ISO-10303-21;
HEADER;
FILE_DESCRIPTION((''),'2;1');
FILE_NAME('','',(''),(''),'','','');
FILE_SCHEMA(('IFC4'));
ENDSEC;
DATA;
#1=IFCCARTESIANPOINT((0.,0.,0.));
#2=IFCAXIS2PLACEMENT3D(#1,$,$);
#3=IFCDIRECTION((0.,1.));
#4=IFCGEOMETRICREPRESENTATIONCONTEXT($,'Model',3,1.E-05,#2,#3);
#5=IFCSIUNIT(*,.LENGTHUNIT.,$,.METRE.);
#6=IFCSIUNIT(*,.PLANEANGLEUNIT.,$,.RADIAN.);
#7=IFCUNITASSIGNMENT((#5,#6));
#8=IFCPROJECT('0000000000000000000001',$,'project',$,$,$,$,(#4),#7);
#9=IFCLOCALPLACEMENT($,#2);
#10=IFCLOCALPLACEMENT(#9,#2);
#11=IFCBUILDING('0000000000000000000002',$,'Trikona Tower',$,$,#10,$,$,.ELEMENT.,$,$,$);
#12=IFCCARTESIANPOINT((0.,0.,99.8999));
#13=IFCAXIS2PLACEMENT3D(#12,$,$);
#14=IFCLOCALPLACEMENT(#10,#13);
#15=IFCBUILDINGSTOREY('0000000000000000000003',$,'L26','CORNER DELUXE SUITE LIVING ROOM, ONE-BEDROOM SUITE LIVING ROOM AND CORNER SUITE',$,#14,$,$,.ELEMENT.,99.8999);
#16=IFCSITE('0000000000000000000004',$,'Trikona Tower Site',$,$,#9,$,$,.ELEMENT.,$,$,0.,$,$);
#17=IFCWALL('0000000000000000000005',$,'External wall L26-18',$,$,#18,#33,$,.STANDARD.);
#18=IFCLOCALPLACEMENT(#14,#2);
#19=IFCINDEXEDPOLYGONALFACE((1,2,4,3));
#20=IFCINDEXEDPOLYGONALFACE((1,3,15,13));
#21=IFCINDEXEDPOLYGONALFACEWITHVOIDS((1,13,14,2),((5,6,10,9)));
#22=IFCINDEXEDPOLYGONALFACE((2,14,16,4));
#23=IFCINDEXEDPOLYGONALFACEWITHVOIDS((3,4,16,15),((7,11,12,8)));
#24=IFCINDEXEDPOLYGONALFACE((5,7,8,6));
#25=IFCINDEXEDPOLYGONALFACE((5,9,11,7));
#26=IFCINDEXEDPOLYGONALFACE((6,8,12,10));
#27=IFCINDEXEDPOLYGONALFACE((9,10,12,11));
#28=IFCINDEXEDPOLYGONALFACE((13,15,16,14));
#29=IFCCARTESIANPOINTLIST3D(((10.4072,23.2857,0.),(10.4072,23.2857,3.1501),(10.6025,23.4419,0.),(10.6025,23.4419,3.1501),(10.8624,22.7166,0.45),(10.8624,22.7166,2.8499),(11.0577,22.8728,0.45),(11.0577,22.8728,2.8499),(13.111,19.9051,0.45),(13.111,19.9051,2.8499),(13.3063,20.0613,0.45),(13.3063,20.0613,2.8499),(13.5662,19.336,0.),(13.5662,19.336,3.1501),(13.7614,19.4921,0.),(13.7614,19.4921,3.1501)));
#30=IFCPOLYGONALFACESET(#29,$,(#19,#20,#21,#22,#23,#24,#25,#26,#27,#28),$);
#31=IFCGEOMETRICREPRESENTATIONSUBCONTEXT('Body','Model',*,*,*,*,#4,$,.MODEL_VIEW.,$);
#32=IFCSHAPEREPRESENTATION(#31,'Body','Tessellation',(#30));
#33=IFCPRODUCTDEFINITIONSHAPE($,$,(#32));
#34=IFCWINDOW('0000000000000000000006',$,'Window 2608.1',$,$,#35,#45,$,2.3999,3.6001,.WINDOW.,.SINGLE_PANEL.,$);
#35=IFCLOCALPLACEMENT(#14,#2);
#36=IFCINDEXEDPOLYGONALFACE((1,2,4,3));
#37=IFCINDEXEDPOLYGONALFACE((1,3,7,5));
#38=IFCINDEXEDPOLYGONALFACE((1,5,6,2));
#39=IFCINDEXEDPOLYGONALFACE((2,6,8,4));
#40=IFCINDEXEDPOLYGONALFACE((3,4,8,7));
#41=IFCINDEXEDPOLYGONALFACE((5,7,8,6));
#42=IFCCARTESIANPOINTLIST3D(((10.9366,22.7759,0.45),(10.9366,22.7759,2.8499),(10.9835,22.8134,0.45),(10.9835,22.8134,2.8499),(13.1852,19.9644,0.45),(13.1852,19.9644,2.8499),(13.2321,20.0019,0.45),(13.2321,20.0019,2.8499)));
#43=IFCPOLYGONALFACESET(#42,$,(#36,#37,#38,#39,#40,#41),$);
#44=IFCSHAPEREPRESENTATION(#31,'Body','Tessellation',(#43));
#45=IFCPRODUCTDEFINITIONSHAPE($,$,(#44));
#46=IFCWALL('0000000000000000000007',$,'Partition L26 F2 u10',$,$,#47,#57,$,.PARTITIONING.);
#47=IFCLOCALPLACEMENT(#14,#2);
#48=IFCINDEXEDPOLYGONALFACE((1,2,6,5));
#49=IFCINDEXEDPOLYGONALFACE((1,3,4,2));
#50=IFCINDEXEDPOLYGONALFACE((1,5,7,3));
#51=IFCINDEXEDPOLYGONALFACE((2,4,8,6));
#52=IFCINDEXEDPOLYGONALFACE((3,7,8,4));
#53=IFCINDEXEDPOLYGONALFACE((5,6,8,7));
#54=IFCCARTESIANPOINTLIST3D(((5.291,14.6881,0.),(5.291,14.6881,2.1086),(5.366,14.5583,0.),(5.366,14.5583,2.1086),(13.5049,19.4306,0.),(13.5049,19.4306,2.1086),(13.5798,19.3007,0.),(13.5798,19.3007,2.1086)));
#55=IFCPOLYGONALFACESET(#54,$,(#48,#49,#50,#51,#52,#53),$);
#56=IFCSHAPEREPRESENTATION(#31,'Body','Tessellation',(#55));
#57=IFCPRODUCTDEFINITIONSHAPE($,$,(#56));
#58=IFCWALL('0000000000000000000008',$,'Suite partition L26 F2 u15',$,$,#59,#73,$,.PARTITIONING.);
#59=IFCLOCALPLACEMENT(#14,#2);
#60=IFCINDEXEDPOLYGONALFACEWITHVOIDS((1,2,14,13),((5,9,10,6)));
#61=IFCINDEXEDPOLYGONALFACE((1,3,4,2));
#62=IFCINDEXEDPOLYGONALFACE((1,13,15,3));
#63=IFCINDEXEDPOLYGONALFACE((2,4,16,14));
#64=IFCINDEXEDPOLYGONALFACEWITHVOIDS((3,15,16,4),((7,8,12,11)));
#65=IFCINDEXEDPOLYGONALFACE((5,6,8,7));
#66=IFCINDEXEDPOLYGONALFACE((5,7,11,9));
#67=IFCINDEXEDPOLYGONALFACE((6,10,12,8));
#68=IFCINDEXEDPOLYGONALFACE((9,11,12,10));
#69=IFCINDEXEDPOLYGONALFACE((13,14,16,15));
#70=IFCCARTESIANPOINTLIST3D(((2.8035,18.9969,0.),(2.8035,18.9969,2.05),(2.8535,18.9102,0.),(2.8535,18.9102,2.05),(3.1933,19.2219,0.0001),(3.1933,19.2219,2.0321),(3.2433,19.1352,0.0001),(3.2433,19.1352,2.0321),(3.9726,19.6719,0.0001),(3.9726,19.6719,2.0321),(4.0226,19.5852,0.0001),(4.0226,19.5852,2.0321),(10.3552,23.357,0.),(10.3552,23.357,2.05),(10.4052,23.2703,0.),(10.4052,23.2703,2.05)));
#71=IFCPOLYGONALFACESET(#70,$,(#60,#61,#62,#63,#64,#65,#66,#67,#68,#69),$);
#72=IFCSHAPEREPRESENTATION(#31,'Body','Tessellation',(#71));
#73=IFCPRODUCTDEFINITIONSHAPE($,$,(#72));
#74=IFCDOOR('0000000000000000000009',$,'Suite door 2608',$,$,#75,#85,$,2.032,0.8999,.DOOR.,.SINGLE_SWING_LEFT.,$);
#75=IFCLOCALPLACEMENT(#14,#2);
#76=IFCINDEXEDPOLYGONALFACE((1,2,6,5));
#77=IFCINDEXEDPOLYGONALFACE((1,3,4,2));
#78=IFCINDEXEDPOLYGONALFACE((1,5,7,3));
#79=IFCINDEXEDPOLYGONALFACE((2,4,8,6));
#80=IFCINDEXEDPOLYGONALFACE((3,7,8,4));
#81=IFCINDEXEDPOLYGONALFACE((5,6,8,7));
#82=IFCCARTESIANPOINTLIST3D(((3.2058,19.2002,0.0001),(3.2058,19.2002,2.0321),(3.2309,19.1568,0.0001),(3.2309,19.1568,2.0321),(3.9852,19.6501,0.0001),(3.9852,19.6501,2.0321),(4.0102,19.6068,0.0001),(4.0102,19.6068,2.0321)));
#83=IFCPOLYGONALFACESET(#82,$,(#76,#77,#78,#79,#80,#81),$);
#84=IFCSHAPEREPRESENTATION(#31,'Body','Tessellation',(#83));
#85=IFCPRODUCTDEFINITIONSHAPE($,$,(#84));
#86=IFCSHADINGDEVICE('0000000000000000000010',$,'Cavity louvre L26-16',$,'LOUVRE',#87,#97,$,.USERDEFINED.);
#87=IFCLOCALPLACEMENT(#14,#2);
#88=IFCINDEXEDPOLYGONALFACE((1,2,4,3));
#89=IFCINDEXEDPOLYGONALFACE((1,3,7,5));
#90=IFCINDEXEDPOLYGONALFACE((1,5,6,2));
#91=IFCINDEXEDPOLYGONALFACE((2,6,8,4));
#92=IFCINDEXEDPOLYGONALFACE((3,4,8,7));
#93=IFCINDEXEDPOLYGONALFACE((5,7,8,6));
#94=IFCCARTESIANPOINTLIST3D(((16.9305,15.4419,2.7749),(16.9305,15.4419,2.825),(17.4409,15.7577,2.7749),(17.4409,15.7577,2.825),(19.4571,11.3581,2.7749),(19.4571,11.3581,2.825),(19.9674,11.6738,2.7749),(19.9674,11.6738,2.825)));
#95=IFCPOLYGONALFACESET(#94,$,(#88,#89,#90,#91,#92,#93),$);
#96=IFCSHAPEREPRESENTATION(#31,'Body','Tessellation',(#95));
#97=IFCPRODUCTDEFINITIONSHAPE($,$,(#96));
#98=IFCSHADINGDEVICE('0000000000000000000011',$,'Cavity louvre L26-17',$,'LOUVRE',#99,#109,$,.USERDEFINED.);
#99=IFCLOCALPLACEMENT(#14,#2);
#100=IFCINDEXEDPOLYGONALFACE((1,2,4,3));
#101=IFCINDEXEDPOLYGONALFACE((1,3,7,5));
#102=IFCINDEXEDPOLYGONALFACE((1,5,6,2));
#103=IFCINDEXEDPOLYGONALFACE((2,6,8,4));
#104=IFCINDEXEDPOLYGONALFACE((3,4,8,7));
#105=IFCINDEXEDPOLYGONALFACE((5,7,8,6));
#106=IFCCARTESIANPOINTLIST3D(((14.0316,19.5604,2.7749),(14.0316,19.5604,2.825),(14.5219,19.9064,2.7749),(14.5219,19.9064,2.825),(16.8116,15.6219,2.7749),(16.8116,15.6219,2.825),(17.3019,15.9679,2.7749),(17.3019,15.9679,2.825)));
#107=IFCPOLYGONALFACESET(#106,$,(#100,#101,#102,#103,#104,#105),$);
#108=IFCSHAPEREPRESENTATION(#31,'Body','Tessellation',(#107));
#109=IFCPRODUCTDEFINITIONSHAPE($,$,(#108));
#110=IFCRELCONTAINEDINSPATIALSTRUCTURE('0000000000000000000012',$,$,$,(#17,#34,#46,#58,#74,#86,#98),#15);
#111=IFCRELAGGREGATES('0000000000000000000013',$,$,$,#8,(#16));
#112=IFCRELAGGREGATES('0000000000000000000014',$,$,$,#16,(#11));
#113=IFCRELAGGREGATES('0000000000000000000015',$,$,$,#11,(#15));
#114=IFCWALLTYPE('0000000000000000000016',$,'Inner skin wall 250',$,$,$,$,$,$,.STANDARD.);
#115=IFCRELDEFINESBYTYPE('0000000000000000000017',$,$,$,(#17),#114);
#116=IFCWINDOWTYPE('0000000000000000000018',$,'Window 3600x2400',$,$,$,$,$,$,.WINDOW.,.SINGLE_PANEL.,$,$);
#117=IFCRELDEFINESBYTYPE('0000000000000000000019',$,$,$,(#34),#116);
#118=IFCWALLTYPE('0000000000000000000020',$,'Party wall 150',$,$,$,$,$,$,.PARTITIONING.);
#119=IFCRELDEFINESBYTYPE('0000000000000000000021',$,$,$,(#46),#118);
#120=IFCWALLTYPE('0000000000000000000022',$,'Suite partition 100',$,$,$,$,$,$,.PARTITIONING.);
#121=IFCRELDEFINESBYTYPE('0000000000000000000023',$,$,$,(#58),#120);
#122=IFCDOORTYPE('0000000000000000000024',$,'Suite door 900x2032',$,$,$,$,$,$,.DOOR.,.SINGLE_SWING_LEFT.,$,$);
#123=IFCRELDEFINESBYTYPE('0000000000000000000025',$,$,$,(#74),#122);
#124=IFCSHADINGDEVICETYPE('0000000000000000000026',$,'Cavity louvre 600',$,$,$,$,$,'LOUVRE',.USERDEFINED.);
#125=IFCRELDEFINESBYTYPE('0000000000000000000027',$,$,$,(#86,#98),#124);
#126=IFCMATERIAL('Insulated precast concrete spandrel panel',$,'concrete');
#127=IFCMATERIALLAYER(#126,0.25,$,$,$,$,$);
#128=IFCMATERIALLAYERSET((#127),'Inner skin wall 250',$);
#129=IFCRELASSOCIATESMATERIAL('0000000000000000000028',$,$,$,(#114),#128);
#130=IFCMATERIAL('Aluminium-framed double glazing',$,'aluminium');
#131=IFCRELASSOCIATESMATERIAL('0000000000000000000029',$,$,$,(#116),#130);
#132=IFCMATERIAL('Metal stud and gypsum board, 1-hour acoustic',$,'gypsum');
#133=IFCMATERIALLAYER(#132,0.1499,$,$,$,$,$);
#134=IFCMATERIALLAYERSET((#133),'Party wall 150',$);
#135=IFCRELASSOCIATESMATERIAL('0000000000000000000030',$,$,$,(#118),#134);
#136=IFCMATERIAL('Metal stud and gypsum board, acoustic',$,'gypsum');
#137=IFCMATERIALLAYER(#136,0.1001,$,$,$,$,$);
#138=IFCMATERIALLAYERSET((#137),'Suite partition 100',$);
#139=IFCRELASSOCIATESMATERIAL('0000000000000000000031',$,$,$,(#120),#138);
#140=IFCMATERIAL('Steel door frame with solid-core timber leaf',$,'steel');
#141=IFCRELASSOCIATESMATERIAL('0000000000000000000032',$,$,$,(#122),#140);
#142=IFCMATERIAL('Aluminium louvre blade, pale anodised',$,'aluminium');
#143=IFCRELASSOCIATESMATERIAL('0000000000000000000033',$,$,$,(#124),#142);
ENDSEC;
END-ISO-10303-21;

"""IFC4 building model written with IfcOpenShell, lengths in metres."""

from ifc_helpers import new_model, si_unit, direction, frame, frame_2d, origin, origin_2d, place, context, subcontext, project, spatial, rectangle, extrude, material, layer, layer_set, type_object, element, fill, save


model = new_model("IFC4")

# Units and contexts
model_context = context("Model", 3, precision=1e-05, world=origin(), true_north=direction((0.0, 1.0)))
body_context = subcontext(model_context, "Body", "Model", "MODEL_VIEW")
ifc_project = project(units=[si_unit("LENGTHUNIT", "METRE"), si_unit("PLANEANGLEUNIT", "RADIAN")], contexts=[model_context])

# Site, building, storey
site_placement = place(None, origin())
site = spatial("IfcSite", under=ifc_project, at=site_placement, Name="Trikona Tower Site", CompositionType="ELEMENT", RefElevation=0.0)
building_placement = place(site_placement, origin())
building = spatial("IfcBuilding", under=site, at=building_placement, Name="Trikona Tower", CompositionType="ELEMENT")
storey_placement = place(building_placement, frame((0.0, 0.0, 99.8999)))
storey = spatial("IfcBuildingStorey", under=building, at=storey_placement, Name="L26", Description="CORNER DELUXE SUITE LIVING ROOM, ONE-BEDROOM SUITE LIVING ROOM AND CORNER SUITE", CompositionType="ELEMENT", Elevation=99.8999)

# Wall, opening, window
ifc_material_1 = material(Name="Insulated precast concrete spandrel panel", Category="concrete")
ifc_layer_1 = layer(ifc_material_1, 0.25)
ifc_layer_set_1 = layer_set([ifc_layer_1], Name="Inner skin wall 250")
wall_type_1 = type_object("IfcWallType", Name="Inner skin wall 250", PredefinedType="STANDARD", material=ifc_layer_set_1)
ifc_material_2 = material(Name="Aluminium-framed double glazing", Category="aluminium")
window_type = type_object("IfcWindowType", Name="Window 3600x2400", PartitioningType="SINGLE_PANEL", PredefinedType="WINDOW", material=ifc_material_2)
wall_1_placement = place(storey_placement, frame((13.6638, 19.4141, 0.0), z_axis=(0.0, 0.0, 1.0), x_axis=(-0.624595, 0.780949, 0.0)))
wall_1 = element("IfcWall", 1, at=wall_1_placement, inside=storey, type_object=wall_type_1, Name="External wall L26-18", PredefinedType="STANDARD", context=body_context, shape_type="SweptSolid", body=[
    extrude(rectangle(XDim=5.0576, YDim=0.25, at=frame_2d((2.5288, 0.0))), origin(), (0.0, 0.0, 1.0), 3.1501),
])
opening_1_placement = place(wall_1_placement, frame((0.7288, 0.0, 0.45)))
opening_1 = element("IfcOpeningElement", 2, at=opening_1_placement, cuts=wall_1, PredefinedType="OPENING", context=body_context, shape_type="SweptSolid", body=[
    extrude(rectangle(XDim=3.6001, YDim=2.3999, at=frame_2d((1.8, 1.2))), frame((0.0, 0.135, 0.0), z_axis=(0.0, -1.0, 0.0), x_axis=(1.0, 0.0, 0.0)), (0.0, 0.0, 1.0), 0.27),
])
window_1_placement = place(opening_1_placement, origin())
window_1 = element("IfcWindow", 3, at=window_1_placement, inside=storey, type_object=window_type, Name="Window 2608.1", OverallHeight=2.3999, OverallWidth=3.6001, PartitioningType="SINGLE_PANEL", PredefinedType="WINDOW", context=body_context, shape_type="SweptSolid", body=[
    extrude(rectangle(XDim=3.6001, YDim=2.3999, at=frame_2d((1.8, 1.2))), frame((0.0, 0.03, 0.0), z_axis=(0.0, -1.0, 0.0), x_axis=(1.0, 0.0, 0.0)), (0.0, 0.0, 1.0), 0.0601),
])
fill(opening_1, window_1)

# Wall
ifc_material_3 = material(Name="Metal stud and gypsum board, 1-hour acoustic", Category="gypsum")
ifc_layer_2 = layer(ifc_material_3, 0.1499)
ifc_layer_set_2 = layer_set([ifc_layer_2], Name="Party wall 150")
wall_type_2 = type_object("IfcWallType", Name="Party wall 150", PredefinedType="PARTITIONING", material=ifc_layer_set_2)
wall_2_placement = place(storey_placement, frame((5.3286, 14.6233, 0.0), z_axis=(0.0, 0.0, 1.0), x_axis=(0.866018, 0.500012, 0.0)))
element("IfcWall", 4, at=wall_2_placement, inside=storey, type_object=wall_type_2, Name="Partition L26 F2 u10", PredefinedType="PARTITIONING", context=body_context, shape_type="SweptSolid", body=[
    extrude(rectangle(XDim=9.4846, YDim=0.1499, at=frame_2d((4.7422, 0.0))), origin(), (0.0, 0.0, 1.0), 2.1086),
])

# Wall, opening, door
ifc_material_4 = material(Name="Metal stud and gypsum board, acoustic", Category="gypsum")
ifc_layer_3 = layer(ifc_material_4, 0.1001)
ifc_layer_set_3 = layer_set([ifc_layer_3], Name="Suite partition 100")
wall_type_3 = type_object("IfcWallType", Name="Suite partition 100", PredefinedType="PARTITIONING", material=ifc_layer_set_3)
wall_3_placement = place(storey_placement, frame((2.8286, 18.9536, 0.0), z_axis=(0.0, 0.0, 1.0), x_axis=(0.866021, 0.500008, 0.0)))
wall_3 = element("IfcWall", 5, at=wall_3_placement, inside=storey, type_object=wall_type_3, Name="Suite partition L26 F2 u15", PredefinedType="PARTITIONING", context=body_context, shape_type="SweptSolid", body=[
    extrude(rectangle(XDim=8.72, YDim=0.1001, at=frame_2d((4.3599, 0.0))), origin(), (0.0, 0.0, 1.0), 2.05),
])
opening_2_placement = place(wall_3_placement, frame((0.45, 0.0, 0.0)))
opening_2 = element("IfcOpeningElement", 6, at=opening_2_placement, cuts=wall_3, PredefinedType="OPENING", context=body_context, shape_type="SweptSolid", body=[
    extrude(rectangle(XDim=0.8999, YDim=2.032, at=frame_2d((0.45, 1.0161))), frame((0.0, 0.0601, 0.0), z_axis=(0.0, -1.0, 0.0), x_axis=(1.0, 0.0, 0.0)), (0.0, 0.0, 1.0), 0.1201),
])
ifc_material_5 = material(Name="Steel door frame with solid-core timber leaf", Category="steel")
door_type_1 = type_object("IfcDoorType", Name="Suite door 900x2032", OperationType="SINGLE_SWING_LEFT", PredefinedType="DOOR", material=ifc_material_5)
door_1_placement = place(opening_2_placement, origin())
door_1 = element("IfcDoor", 7, at=door_1_placement, inside=storey, type_object=door_type_1, Name="Suite door 2608", OperationType="SINGLE_SWING_LEFT", OverallHeight=2.032, OverallWidth=0.8999, PredefinedType="DOOR", context=body_context, shape_type="SweptSolid", body=[
    extrude(rectangle(XDim=0.8999, YDim=2.032, at=frame_2d((0.45, 1.0161))), frame((0.0, 0.0249, 0.0), z_axis=(0.0, -1.0, 0.0), x_axis=(1.0, 0.0, 0.0)), (0.0, 0.0, 1.0), 0.05),
])
fill(opening_2, door_1)

# Shading devices
ifc_material_6 = material(Name="Aluminium louvre blade, pale anodised", Category="aluminium")
shading_device_type = type_object("IfcShadingDeviceType", Name="Cavity louvre 600", ElementType="LOUVRE", PredefinedType="USERDEFINED", material=ifc_material_6)
shading_device_1_placement = place(storey_placement, frame((18.449, 13.5579, 2.7749), z_axis=(0.0, 0.0, 1.0), x_axis=(-0.526119, 0.850411, 0.0)))
element("IfcShadingDevice", 8, at=shading_device_1_placement, inside=storey, type_object=shading_device_type, Name="Cavity louvre L26-16", ObjectType="LOUVRE", PredefinedType="USERDEFINED", context=body_context, shape_type="SweptSolid", body=[
    extrude(rectangle(XDim=4.8022, YDim=0.6001, at=origin_2d()), origin(), (0.0, 0.0, 1.0), 0.05),
])
shading_device_2_placement = place(storey_placement, frame((15.6667, 17.7642, 2.7749), z_axis=(0.0, 0.0, 1.0), x_axis=(-0.576662, 0.816983, 0.0)))
element("IfcShadingDevice", 9, at=shading_device_2_placement, inside=storey, type_object=shading_device_type, Name="Cavity louvre L26-17", ObjectType="LOUVRE", PredefinedType="USERDEFINED", context=body_context, shape_type="SweptSolid", body=[
    extrude(rectangle(XDim=4.8208, YDim=0.6001, at=origin_2d()), origin(), (0.0, 0.0, 1.0), 0.05),
])

save(model, "model.ifc")
